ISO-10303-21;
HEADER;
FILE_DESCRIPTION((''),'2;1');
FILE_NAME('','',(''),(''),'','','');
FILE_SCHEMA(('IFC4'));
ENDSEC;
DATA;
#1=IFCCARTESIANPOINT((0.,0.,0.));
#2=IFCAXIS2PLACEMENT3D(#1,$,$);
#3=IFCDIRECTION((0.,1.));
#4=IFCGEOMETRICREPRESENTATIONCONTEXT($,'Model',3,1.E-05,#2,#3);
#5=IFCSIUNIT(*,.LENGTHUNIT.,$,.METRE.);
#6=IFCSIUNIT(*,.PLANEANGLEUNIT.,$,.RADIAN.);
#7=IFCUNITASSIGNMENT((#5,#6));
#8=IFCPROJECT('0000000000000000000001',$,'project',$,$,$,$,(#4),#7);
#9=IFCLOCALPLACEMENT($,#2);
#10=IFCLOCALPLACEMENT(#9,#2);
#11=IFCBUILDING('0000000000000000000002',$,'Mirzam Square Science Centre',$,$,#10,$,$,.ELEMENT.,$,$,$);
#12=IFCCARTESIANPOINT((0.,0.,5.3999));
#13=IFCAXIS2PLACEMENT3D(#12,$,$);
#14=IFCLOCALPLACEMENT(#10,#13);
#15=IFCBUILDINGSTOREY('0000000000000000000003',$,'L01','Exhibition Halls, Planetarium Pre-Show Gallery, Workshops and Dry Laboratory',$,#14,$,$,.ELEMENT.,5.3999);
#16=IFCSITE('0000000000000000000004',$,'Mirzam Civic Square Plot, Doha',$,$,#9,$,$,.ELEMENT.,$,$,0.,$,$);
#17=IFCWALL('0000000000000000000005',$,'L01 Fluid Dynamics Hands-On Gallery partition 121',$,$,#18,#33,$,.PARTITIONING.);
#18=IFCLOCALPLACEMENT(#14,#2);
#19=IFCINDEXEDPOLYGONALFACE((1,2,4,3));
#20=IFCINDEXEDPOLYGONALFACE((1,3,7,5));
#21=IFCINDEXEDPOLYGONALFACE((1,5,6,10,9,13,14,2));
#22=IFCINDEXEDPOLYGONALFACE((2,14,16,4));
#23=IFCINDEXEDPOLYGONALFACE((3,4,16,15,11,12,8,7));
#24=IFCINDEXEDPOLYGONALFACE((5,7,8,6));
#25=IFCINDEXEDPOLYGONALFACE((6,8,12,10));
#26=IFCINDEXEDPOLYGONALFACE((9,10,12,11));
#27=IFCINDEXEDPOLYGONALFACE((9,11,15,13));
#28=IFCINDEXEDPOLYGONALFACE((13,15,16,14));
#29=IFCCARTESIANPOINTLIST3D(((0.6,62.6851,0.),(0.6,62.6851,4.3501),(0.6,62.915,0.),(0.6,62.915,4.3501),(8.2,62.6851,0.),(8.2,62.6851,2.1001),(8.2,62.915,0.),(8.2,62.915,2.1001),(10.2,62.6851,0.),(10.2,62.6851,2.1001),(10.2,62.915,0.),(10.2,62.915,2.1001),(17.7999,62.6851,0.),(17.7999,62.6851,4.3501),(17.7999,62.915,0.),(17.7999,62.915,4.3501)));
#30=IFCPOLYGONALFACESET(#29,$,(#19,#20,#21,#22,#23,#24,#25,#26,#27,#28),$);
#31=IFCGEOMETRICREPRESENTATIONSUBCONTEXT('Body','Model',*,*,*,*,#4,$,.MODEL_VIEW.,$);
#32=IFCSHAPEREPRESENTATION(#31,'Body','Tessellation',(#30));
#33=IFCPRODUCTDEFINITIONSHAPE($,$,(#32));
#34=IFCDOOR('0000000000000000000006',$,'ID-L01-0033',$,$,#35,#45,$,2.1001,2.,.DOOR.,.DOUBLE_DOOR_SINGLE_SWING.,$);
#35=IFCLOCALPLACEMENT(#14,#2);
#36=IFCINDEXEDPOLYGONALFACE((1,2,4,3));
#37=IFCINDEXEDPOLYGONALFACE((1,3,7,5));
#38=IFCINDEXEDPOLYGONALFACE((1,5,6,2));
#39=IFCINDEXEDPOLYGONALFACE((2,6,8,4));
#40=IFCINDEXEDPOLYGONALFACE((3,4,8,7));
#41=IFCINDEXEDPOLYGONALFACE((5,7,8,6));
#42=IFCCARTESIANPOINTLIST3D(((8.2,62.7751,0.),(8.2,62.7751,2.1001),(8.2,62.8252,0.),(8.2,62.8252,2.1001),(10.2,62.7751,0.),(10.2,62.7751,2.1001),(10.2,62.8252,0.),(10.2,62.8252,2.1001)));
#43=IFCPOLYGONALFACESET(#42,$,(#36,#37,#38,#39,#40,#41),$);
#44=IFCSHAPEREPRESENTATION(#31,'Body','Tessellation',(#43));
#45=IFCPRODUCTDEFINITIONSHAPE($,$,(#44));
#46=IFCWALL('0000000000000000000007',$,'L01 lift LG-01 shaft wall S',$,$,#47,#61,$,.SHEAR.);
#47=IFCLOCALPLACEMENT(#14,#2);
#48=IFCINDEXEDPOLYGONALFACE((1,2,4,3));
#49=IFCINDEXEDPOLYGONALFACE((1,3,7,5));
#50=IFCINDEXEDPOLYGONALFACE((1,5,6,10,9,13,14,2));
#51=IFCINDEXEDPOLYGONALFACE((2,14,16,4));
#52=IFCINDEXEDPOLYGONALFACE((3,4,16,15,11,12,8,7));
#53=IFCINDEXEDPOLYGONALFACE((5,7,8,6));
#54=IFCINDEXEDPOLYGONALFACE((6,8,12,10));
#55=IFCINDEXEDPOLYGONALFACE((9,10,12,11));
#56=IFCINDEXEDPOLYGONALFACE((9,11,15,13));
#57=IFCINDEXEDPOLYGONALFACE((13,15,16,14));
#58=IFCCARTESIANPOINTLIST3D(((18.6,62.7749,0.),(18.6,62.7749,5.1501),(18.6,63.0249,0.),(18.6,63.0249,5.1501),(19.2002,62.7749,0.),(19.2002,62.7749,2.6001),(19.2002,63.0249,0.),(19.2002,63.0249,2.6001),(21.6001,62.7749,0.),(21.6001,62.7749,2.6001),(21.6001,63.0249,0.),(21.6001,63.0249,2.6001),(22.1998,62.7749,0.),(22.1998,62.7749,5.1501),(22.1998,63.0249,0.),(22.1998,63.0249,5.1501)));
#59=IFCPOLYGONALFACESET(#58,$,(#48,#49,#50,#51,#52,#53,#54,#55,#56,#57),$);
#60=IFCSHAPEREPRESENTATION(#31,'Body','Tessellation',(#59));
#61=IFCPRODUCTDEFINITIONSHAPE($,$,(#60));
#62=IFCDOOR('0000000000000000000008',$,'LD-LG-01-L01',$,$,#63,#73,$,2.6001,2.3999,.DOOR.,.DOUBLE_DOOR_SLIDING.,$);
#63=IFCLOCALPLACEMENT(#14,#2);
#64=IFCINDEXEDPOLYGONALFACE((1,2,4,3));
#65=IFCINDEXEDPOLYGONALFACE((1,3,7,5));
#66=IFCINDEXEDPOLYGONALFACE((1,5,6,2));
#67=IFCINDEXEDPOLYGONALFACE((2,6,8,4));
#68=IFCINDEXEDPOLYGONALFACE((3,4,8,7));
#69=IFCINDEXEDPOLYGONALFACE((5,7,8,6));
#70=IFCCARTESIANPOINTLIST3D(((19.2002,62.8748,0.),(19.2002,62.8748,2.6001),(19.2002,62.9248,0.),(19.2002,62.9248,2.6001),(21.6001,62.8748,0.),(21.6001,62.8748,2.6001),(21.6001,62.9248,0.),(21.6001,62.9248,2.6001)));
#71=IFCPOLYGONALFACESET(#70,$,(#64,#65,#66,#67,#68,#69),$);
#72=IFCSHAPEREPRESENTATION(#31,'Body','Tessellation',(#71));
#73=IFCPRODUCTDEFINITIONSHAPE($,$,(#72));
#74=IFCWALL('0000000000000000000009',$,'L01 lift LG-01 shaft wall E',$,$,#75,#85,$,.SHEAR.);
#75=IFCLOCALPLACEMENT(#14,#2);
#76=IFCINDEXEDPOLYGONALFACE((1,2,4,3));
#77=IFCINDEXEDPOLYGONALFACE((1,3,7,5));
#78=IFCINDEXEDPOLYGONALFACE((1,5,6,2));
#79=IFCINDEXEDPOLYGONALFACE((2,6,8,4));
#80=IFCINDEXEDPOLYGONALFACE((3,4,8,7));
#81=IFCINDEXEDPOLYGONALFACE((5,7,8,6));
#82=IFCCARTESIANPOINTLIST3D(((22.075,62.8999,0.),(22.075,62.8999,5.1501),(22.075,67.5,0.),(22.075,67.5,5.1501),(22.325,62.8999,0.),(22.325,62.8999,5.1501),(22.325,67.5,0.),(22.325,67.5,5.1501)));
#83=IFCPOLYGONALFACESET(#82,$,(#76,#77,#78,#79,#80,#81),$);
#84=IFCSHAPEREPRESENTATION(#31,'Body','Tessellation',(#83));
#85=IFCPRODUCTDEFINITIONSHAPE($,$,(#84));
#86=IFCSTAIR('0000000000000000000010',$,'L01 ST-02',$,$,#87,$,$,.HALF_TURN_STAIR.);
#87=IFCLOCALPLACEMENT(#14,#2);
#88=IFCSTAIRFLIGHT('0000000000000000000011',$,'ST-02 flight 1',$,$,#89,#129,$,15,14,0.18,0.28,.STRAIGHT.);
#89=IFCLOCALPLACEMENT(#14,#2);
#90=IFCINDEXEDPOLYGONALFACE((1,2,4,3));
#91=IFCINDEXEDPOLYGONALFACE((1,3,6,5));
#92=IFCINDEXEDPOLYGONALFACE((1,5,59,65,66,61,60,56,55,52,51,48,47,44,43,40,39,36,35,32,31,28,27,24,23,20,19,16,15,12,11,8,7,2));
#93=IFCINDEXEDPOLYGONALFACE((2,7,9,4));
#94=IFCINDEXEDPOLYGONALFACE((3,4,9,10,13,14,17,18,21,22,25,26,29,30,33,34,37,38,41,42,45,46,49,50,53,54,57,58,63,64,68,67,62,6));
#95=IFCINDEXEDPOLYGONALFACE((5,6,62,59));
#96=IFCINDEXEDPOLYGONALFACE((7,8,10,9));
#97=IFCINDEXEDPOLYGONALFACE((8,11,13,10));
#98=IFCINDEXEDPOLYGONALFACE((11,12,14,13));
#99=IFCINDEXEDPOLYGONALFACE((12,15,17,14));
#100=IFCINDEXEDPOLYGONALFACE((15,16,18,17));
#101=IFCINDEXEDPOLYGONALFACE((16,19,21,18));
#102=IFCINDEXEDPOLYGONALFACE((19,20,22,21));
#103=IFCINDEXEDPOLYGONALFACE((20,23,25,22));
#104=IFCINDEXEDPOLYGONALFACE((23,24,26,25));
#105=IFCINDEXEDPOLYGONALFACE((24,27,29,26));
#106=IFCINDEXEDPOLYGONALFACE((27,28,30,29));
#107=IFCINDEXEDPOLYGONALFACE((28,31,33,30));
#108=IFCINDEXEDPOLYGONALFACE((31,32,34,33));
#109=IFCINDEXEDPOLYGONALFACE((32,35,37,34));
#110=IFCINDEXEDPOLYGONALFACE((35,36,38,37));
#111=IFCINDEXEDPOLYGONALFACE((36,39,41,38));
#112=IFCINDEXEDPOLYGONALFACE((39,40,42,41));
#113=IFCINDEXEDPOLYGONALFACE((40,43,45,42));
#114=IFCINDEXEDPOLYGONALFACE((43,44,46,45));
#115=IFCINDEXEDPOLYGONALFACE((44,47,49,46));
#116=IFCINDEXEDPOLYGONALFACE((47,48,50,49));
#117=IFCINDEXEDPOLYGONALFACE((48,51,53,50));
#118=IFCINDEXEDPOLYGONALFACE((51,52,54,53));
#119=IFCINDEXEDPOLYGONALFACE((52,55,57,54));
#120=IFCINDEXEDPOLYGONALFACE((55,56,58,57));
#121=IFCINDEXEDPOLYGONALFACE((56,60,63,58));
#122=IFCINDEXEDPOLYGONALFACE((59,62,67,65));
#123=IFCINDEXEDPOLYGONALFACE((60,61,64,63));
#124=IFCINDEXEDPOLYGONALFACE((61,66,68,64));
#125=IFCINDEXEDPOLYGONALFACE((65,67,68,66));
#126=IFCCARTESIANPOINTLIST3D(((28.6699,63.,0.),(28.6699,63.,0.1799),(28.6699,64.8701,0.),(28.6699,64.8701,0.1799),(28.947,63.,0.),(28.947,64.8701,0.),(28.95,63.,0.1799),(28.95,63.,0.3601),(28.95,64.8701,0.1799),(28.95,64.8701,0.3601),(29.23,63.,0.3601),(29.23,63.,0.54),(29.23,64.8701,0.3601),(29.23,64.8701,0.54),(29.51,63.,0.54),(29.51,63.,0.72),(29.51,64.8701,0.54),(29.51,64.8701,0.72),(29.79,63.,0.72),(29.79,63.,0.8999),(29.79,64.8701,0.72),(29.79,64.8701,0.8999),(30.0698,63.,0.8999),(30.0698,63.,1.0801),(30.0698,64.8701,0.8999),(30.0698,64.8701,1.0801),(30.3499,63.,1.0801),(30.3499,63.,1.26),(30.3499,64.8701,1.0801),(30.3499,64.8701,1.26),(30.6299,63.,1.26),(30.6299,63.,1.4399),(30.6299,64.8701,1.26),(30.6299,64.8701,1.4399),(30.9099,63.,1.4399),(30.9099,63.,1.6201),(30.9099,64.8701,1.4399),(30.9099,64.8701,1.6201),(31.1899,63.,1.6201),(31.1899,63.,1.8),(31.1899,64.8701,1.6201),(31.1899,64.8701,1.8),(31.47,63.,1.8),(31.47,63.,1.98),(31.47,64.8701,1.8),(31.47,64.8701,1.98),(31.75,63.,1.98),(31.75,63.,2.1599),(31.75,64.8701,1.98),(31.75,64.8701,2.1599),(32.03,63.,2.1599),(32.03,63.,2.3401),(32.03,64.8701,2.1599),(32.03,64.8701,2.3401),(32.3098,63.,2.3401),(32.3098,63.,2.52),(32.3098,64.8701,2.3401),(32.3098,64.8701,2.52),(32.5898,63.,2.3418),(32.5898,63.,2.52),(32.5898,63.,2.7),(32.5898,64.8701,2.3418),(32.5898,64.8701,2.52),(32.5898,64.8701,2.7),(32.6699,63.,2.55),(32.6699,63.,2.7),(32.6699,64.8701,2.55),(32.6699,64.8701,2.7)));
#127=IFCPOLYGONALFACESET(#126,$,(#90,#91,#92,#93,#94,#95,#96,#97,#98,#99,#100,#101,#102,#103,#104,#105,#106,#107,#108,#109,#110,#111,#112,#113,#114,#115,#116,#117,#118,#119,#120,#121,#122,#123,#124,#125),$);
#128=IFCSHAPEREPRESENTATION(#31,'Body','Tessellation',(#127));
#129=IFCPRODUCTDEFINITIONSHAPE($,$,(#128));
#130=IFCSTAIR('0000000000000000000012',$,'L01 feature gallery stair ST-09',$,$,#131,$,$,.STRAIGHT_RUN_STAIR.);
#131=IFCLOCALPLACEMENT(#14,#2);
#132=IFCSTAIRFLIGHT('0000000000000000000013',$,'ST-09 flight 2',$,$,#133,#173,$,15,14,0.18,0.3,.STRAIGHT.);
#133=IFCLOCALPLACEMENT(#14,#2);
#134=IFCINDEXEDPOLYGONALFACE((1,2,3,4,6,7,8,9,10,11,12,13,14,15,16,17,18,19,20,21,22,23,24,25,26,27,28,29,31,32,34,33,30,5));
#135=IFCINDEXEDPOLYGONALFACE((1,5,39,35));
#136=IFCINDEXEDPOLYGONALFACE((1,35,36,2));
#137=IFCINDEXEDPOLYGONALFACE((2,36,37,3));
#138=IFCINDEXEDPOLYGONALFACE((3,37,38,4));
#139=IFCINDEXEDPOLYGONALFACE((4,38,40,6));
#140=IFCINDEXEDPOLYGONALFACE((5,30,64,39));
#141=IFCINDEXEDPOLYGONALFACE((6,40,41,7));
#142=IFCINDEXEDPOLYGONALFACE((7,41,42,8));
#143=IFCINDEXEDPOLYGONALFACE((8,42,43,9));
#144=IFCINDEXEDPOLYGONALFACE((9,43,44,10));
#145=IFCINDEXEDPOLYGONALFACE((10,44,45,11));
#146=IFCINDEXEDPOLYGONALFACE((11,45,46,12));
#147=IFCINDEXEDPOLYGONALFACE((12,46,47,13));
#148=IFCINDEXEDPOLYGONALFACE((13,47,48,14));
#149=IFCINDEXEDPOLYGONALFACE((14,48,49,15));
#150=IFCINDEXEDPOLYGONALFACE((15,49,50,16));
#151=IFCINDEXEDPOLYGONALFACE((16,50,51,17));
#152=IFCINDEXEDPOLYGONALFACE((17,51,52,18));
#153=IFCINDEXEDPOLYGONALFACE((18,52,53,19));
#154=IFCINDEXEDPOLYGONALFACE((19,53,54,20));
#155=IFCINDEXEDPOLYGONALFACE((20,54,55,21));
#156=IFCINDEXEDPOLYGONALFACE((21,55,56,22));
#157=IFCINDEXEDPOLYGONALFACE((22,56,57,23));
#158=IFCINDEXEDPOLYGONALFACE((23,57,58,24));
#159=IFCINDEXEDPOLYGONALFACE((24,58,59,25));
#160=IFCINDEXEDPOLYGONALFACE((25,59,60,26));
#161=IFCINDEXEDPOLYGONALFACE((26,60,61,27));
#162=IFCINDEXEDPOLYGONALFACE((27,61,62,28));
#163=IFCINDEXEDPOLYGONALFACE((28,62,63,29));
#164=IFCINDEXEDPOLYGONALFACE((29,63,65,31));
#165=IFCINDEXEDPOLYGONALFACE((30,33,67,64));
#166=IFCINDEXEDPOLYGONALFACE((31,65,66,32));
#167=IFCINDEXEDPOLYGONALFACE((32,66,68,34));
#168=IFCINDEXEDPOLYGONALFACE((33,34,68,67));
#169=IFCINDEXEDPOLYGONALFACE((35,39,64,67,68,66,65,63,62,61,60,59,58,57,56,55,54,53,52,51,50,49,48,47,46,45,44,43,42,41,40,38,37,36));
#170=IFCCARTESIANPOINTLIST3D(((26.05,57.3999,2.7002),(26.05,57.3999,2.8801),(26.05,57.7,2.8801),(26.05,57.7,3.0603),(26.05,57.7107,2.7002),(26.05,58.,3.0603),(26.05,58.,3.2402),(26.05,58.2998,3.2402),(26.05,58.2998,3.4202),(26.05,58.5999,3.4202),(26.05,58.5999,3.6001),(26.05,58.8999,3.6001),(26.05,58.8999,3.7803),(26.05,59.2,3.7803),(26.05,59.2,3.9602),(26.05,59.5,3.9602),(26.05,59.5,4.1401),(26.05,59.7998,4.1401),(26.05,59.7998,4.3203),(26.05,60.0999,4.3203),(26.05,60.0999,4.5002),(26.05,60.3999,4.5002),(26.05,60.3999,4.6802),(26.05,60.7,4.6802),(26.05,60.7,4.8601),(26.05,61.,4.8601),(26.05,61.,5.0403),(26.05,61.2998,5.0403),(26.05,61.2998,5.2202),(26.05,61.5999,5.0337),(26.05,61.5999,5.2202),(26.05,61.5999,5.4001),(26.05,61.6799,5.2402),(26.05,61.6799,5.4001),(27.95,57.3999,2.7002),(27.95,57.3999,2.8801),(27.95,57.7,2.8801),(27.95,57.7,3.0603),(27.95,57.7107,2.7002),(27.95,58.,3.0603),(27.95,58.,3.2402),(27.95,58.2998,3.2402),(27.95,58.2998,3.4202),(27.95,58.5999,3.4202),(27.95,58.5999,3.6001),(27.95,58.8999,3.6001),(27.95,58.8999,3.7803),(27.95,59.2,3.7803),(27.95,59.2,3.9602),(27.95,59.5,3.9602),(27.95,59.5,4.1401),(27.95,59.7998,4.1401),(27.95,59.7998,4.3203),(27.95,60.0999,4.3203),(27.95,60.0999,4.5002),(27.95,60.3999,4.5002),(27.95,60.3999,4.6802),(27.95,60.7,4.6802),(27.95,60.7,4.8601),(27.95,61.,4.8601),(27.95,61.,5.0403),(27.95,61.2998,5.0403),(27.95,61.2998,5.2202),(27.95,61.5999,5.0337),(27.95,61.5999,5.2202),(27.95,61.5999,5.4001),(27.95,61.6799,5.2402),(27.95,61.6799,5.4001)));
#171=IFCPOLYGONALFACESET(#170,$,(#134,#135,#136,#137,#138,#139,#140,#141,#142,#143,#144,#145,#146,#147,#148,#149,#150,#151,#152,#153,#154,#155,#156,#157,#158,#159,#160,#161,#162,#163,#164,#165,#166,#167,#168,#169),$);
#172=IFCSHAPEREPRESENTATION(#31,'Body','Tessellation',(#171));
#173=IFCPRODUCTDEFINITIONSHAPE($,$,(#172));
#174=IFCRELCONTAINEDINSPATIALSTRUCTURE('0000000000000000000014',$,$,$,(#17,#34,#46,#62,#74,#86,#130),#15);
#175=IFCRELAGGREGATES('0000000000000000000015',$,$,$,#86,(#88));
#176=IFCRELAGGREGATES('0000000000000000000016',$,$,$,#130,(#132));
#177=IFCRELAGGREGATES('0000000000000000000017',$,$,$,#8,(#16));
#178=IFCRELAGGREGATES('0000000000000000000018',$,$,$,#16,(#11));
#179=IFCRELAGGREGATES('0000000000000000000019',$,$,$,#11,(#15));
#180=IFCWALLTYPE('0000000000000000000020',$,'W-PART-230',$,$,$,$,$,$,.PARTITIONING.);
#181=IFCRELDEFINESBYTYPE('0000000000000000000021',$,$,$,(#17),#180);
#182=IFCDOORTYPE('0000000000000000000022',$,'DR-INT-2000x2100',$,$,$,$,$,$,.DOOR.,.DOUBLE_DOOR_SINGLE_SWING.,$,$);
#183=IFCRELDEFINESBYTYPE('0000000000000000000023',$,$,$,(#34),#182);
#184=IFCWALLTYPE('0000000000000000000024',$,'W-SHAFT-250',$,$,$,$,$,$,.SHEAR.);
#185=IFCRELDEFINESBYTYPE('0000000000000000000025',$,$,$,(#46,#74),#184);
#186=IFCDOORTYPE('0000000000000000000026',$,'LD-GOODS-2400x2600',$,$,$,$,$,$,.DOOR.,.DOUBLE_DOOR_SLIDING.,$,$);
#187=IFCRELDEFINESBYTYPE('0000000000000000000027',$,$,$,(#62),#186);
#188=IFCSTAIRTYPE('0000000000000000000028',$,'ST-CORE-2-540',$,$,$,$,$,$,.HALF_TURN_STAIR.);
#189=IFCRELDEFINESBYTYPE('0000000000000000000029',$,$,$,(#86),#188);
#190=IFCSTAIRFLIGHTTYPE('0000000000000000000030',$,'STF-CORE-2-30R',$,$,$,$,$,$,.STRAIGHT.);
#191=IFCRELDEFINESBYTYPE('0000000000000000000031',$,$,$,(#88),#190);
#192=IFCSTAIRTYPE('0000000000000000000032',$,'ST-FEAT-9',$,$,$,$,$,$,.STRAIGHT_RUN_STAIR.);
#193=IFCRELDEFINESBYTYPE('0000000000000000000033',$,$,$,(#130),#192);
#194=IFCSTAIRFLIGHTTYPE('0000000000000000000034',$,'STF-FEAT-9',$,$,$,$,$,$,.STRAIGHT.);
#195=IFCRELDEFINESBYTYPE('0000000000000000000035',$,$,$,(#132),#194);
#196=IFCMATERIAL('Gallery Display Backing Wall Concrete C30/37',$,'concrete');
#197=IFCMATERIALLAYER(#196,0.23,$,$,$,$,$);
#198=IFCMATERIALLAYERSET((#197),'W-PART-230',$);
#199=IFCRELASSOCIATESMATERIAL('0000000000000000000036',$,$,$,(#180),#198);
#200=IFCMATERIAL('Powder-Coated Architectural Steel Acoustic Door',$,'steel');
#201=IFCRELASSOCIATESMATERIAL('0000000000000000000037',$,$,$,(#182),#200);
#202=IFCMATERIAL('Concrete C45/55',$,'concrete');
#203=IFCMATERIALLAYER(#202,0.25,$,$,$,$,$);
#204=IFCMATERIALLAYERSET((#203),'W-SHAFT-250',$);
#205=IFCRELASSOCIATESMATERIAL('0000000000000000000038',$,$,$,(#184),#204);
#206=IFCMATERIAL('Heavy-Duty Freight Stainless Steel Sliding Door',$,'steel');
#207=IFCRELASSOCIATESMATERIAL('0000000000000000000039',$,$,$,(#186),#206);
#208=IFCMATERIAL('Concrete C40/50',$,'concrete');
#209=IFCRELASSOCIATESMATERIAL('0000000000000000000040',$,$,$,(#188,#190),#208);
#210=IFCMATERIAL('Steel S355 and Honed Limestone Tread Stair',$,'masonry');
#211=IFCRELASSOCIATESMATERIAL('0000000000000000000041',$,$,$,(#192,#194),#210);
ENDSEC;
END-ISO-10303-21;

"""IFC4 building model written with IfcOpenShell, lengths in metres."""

from ifc_helpers import new_model, si_unit, direction, frame, frame_2d, origin, place, context, subcontext, project, spatial, polyline, rectangle, outline, extrude, material, layer, layer_set, type_object, element, fill, aggregate, save


model = new_model("IFC4")

# Units and contexts
model_context = context("Model", 3, precision=1e-05, world=origin(), true_north=direction((0.0, 1.0)))
body_context = subcontext(model_context, "Body", "Model", "MODEL_VIEW")
ifc_project = project(units=[si_unit("LENGTHUNIT", "METRE"), si_unit("PLANEANGLEUNIT", "RADIAN")], contexts=[model_context])

# Site, building, storey
site_placement = place(None, origin())
site = spatial("IfcSite", under=ifc_project, at=site_placement, Name="Mirzam Civic Square Plot, Doha", CompositionType="ELEMENT", RefElevation=0.0)
building_placement = place(site_placement, origin())
building = spatial("IfcBuilding", under=site, at=building_placement, Name="Mirzam Square Science Centre", CompositionType="ELEMENT")
storey_placement = place(building_placement, frame((0.0, 0.0, 5.3999)))
storey = spatial("IfcBuildingStorey", under=building, at=storey_placement, Name="L01", Description="Exhibition Halls, Planetarium Pre-Show Gallery, Workshops and Dry Laboratory", CompositionType="ELEMENT", Elevation=5.3999)

# Shared definitions
ifc_material_1 = material(Name="Concrete C45/55", Category="concrete")

# Walls, openings, doors
ifc_material_2 = material(Name="Gallery Display Backing Wall Concrete C30/37", Category="concrete")
ifc_layer_1 = layer(ifc_material_2, 0.23)
ifc_layer_set_1 = layer_set([ifc_layer_1], Name="W-PART-230")
wall_type_1 = type_object("IfcWallType", Name="W-PART-230", PredefinedType="PARTITIONING", material=ifc_layer_set_1)
wall_1_placement = place(storey_placement, frame((17.8, 62.8, 0.0), z_axis=(0.0, 0.0, 1.0), x_axis=(-1.0, 0.0, 0.0)))
wall_1 = element("IfcWall", 1, at=wall_1_placement, inside=storey, type_object=wall_type_1, Name="L01 Fluid Dynamics Hands-On Gallery partition 121", PredefinedType="PARTITIONING", context=body_context, shape_type="SweptSolid", body=[
    extrude(rectangle(XDim=17.2, YDim=0.23, at=frame_2d((8.6001, 0.0))), origin(), (0.0, 0.0, 1.0), 4.3501),
])
opening_1_placement = place(wall_1_placement, frame((7.6001, 0.0, 0.0)))
opening_1 = element("IfcOpeningElement", 2, at=opening_1_placement, cuts=wall_1, PredefinedType="OPENING", context=body_context, shape_type="SweptSolid", body=[
    extrude(rectangle(XDim=2.0, YDim=2.1001, at=frame_2d((1.0, 1.05))), frame((0.0, 0.125, 0.0), z_axis=(0.0, -1.0, 0.0), x_axis=(1.0, 0.0, 0.0)), (0.0, 0.0, 1.0), 0.25),
])
ifc_material_3 = material(Name="Powder-Coated Architectural Steel Acoustic Door", Category="steel")
door_type_1 = type_object("IfcDoorType", Name="DR-INT-2000x2100", OperationType="DOUBLE_DOOR_SINGLE_SWING", PredefinedType="DOOR", material=ifc_material_3)
door_1_placement = place(opening_1_placement, origin())
door_1 = element("IfcDoor", 3, at=door_1_placement, inside=storey, type_object=door_type_1, Name="ID-L01-0033", OperationType="DOUBLE_DOOR_SINGLE_SWING", OverallHeight=2.1001, OverallWidth=2.0, PredefinedType="DOOR", context=body_context, shape_type="SweptSolid", body=[
    extrude(rectangle(XDim=2.0, YDim=2.1001, at=frame_2d((1.0, 1.05))), frame((0.0, 0.0249, 0.0), z_axis=(0.0, -1.0, 0.0), x_axis=(1.0, 0.0, 0.0)), (0.0, 0.0, 1.0), 0.05),
])
fill(opening_1, door_1)
ifc_layer_2 = layer(ifc_material_1, 0.25)
ifc_layer_set_2 = layer_set([ifc_layer_2], Name="W-SHAFT-250")
wall_type_2 = type_object("IfcWallType", Name="W-SHAFT-250", PredefinedType="SHEAR", material=ifc_layer_set_2)
wall_2_placement = place(storey_placement, frame((18.6001, 62.8999, 0.0), z_axis=(0.0, 0.0, 1.0), x_axis=(1.0, 0.0, 0.0)))
wall_2 = element("IfcWall", 4, at=wall_2_placement, inside=storey, type_object=wall_type_2, Name="L01 lift LG-01 shaft wall S", PredefinedType="SHEAR", context=body_context, shape_type="SweptSolid", body=[
    extrude(rectangle(XDim=3.5999, YDim=0.25, at=frame_2d((1.7998, 0.0))), origin(), (0.0, 0.0, 1.0), 5.1501),
])
opening_2_placement = place(wall_2_placement, frame((0.6001, 0.0, 0.0)))
opening_2 = element("IfcOpeningElement", 5, at=opening_2_placement, cuts=wall_2, PredefinedType="OPENING", context=body_context, shape_type="SweptSolid", body=[
    extrude(rectangle(XDim=2.3999, YDim=2.6001, at=frame_2d((1.2, 1.3))), frame((0.0, 0.135, 0.0), z_axis=(0.0, -1.0, 0.0), x_axis=(1.0, 0.0, 0.0)), (0.0, 0.0, 1.0), 0.27),
])
ifc_material_4 = material(Name="Heavy-Duty Freight Stainless Steel Sliding Door", Category="steel")
door_type_2 = type_object("IfcDoorType", Name="LD-GOODS-2400x2600", OperationType="DOUBLE_DOOR_SLIDING", PredefinedType="DOOR", material=ifc_material_4)
door_2_placement = place(opening_2_placement, origin())
door_2 = element("IfcDoor", 6, at=door_2_placement, inside=storey, type_object=door_type_2, Name="LD-LG-01-L01", OperationType="DOUBLE_DOOR_SLIDING", OverallHeight=2.6001, OverallWidth=2.3999, PredefinedType="DOOR", context=body_context, shape_type="SweptSolid", body=[
    extrude(rectangle(XDim=2.3999, YDim=2.6001, at=frame_2d((1.2, 1.3))), frame((0.0, 0.0249, 0.0), z_axis=(0.0, -1.0, 0.0), x_axis=(1.0, 0.0, 0.0)), (0.0, 0.0, 1.0), 0.05),
])
fill(opening_2, door_2)

# Wall
wall_3_placement = place(storey_placement, frame((22.2, 62.8999, 0.0), z_axis=(0.0, 0.0, 1.0), x_axis=(0.0, 1.0, 0.0)))
element("IfcWall", 7, at=wall_3_placement, inside=storey, type_object=wall_type_2, Name="L01 lift LG-01 shaft wall E", PredefinedType="SHEAR", context=body_context, shape_type="SweptSolid", body=[
    extrude(rectangle(XDim=4.6001, YDim=0.25, at=frame_2d((2.3, 0.0))), origin(), (0.0, 0.0, 1.0), 5.1501),
])

# Stairs, stair flights
ifc_material_5 = material(Name="Concrete C40/50", Category="concrete")
stair_type_1 = type_object("IfcStairType", Name="ST-CORE-2-540", PredefinedType="HALF_TURN_STAIR", material=ifc_material_5)
stair_1_placement = place(storey_placement, origin())
stair_1 = element("IfcStair", 8, at=stair_1_placement, inside=storey, type_object=stair_type_1, Name="L01 ST-02", PredefinedType="HALF_TURN_STAIR")
stair_flight_type_1 = type_object("IfcStairFlightType", Name="STF-CORE-2-30R", PredefinedType="STRAIGHT", material=ifc_material_5)
stair_flight_1_placement = place(storey_placement, frame((28.6699, 63.9351, 0.0), z_axis=(0.0, 0.0, 1.0), x_axis=(1.0, 0.0, 0.0)))
stair_flight_1 = element("IfcStairFlight", 9, at=stair_flight_1_placement, type_object=stair_flight_type_1, Name="ST-02 flight 1", NumberOfRisers=15, NumberOfTreads=14, PredefinedType="STRAIGHT", RiserHeight=0.18, TreadLength=0.28, context=body_context, shape_type="SweptSolid", body=[
    extrude(outline(polyline([(0.0, 0.0), (0.0, 0.1799), (0.28, 0.1799), (0.28, 0.3601), (0.5601, 0.3601), (0.5601, 0.54), (0.8401, 0.54), (0.8401, 0.72), (1.1201, 0.72), (1.1201, 0.8999), (1.3999, 0.8999), (1.3999, 1.0801), (1.6799, 1.0801), (1.6799, 1.26), (1.96, 1.26), (1.96, 1.4399), (2.24, 1.4399), (2.24, 1.6201), (2.52, 1.6201), (2.52, 1.8), (2.8, 1.8), (2.8, 1.98), (3.0801, 1.98), (3.0801, 2.1599), (3.3601, 2.1599), (3.3601, 2.3401), (3.6399, 2.3401), (3.6399, 2.52), (3.9199, 2.52), (3.9199, 2.7), (4.0, 2.7), (4.0, 2.55), (3.9199, 2.3418), (0.2771, 0.0), (0.0, 0.0)])), frame((0.0, 0.9351, 0.0), z_axis=(0.0, -1.0, 0.0), x_axis=(1.0, 0.0, 0.0)), (0.0, 0.0, 1.0), 1.8701),
])
aggregate(stair_1, [stair_flight_1])
ifc_material_6 = material(Name="Steel S355 and Honed Limestone Tread Stair", Category="masonry")
stair_type_2 = type_object("IfcStairType", Name="ST-FEAT-9", PredefinedType="STRAIGHT_RUN_STAIR", material=ifc_material_6)
stair_2_placement = place(storey_placement, origin())
stair_2 = element("IfcStair", 10, at=stair_2_placement, inside=storey, type_object=stair_type_2, Name="L01 feature gallery stair ST-09", PredefinedType="STRAIGHT_RUN_STAIR")
stair_flight_type_2 = type_object("IfcStairFlightType", Name="STF-FEAT-9", PredefinedType="STRAIGHT", material=ifc_material_6)
stair_flight_2_placement = place(storey_placement, frame((27.0, 57.3999, 2.7002), z_axis=(0.0, 0.0, 1.0), x_axis=(0.0, 1.0, 0.0)))
stair_flight_2 = element("IfcStairFlight", 11, at=stair_flight_2_placement, type_object=stair_flight_type_2, Name="ST-09 flight 2", NumberOfRisers=15, NumberOfTreads=14, PredefinedType="STRAIGHT", RiserHeight=0.18, TreadLength=0.3, context=body_context, shape_type="SweptSolid", body=[
    extrude(outline(polyline([(0.0, 0.0), (0.0, 0.1799), (0.3, 0.1799), (0.3, 0.3601), (0.6001, 0.3601), (0.6001, 0.54), (0.8999, 0.54), (0.8999, 0.72), (1.2, 0.72), (1.2, 0.8999), (1.5, 0.8999), (1.5, 1.0801), (1.8, 1.0801), (1.8, 1.26), (2.1001, 1.26), (2.1001, 1.4399), (2.3999, 1.4399), (2.3999, 1.6201), (2.7, 1.6201), (2.7, 1.8), (3.0, 1.8), (3.0, 1.98), (3.3, 1.98), (3.3, 2.1599), (3.6001, 2.1599), (3.6001, 2.3401), (3.8999, 2.3401), (3.8999, 2.52), (4.2, 2.52), (4.2, 2.7), (4.28, 2.7), (4.28, 2.54), (4.2, 2.3335), (0.3108, 0.0), (0.0, 0.0)])), frame((0.0, 0.95, 0.0), z_axis=(0.0, -1.0, 0.0), x_axis=(1.0, 0.0, 0.0)), (0.0, 0.0, 1.0), 1.8999),
])
aggregate(stair_2, [stair_flight_2])

save(model, "model.ifc")
